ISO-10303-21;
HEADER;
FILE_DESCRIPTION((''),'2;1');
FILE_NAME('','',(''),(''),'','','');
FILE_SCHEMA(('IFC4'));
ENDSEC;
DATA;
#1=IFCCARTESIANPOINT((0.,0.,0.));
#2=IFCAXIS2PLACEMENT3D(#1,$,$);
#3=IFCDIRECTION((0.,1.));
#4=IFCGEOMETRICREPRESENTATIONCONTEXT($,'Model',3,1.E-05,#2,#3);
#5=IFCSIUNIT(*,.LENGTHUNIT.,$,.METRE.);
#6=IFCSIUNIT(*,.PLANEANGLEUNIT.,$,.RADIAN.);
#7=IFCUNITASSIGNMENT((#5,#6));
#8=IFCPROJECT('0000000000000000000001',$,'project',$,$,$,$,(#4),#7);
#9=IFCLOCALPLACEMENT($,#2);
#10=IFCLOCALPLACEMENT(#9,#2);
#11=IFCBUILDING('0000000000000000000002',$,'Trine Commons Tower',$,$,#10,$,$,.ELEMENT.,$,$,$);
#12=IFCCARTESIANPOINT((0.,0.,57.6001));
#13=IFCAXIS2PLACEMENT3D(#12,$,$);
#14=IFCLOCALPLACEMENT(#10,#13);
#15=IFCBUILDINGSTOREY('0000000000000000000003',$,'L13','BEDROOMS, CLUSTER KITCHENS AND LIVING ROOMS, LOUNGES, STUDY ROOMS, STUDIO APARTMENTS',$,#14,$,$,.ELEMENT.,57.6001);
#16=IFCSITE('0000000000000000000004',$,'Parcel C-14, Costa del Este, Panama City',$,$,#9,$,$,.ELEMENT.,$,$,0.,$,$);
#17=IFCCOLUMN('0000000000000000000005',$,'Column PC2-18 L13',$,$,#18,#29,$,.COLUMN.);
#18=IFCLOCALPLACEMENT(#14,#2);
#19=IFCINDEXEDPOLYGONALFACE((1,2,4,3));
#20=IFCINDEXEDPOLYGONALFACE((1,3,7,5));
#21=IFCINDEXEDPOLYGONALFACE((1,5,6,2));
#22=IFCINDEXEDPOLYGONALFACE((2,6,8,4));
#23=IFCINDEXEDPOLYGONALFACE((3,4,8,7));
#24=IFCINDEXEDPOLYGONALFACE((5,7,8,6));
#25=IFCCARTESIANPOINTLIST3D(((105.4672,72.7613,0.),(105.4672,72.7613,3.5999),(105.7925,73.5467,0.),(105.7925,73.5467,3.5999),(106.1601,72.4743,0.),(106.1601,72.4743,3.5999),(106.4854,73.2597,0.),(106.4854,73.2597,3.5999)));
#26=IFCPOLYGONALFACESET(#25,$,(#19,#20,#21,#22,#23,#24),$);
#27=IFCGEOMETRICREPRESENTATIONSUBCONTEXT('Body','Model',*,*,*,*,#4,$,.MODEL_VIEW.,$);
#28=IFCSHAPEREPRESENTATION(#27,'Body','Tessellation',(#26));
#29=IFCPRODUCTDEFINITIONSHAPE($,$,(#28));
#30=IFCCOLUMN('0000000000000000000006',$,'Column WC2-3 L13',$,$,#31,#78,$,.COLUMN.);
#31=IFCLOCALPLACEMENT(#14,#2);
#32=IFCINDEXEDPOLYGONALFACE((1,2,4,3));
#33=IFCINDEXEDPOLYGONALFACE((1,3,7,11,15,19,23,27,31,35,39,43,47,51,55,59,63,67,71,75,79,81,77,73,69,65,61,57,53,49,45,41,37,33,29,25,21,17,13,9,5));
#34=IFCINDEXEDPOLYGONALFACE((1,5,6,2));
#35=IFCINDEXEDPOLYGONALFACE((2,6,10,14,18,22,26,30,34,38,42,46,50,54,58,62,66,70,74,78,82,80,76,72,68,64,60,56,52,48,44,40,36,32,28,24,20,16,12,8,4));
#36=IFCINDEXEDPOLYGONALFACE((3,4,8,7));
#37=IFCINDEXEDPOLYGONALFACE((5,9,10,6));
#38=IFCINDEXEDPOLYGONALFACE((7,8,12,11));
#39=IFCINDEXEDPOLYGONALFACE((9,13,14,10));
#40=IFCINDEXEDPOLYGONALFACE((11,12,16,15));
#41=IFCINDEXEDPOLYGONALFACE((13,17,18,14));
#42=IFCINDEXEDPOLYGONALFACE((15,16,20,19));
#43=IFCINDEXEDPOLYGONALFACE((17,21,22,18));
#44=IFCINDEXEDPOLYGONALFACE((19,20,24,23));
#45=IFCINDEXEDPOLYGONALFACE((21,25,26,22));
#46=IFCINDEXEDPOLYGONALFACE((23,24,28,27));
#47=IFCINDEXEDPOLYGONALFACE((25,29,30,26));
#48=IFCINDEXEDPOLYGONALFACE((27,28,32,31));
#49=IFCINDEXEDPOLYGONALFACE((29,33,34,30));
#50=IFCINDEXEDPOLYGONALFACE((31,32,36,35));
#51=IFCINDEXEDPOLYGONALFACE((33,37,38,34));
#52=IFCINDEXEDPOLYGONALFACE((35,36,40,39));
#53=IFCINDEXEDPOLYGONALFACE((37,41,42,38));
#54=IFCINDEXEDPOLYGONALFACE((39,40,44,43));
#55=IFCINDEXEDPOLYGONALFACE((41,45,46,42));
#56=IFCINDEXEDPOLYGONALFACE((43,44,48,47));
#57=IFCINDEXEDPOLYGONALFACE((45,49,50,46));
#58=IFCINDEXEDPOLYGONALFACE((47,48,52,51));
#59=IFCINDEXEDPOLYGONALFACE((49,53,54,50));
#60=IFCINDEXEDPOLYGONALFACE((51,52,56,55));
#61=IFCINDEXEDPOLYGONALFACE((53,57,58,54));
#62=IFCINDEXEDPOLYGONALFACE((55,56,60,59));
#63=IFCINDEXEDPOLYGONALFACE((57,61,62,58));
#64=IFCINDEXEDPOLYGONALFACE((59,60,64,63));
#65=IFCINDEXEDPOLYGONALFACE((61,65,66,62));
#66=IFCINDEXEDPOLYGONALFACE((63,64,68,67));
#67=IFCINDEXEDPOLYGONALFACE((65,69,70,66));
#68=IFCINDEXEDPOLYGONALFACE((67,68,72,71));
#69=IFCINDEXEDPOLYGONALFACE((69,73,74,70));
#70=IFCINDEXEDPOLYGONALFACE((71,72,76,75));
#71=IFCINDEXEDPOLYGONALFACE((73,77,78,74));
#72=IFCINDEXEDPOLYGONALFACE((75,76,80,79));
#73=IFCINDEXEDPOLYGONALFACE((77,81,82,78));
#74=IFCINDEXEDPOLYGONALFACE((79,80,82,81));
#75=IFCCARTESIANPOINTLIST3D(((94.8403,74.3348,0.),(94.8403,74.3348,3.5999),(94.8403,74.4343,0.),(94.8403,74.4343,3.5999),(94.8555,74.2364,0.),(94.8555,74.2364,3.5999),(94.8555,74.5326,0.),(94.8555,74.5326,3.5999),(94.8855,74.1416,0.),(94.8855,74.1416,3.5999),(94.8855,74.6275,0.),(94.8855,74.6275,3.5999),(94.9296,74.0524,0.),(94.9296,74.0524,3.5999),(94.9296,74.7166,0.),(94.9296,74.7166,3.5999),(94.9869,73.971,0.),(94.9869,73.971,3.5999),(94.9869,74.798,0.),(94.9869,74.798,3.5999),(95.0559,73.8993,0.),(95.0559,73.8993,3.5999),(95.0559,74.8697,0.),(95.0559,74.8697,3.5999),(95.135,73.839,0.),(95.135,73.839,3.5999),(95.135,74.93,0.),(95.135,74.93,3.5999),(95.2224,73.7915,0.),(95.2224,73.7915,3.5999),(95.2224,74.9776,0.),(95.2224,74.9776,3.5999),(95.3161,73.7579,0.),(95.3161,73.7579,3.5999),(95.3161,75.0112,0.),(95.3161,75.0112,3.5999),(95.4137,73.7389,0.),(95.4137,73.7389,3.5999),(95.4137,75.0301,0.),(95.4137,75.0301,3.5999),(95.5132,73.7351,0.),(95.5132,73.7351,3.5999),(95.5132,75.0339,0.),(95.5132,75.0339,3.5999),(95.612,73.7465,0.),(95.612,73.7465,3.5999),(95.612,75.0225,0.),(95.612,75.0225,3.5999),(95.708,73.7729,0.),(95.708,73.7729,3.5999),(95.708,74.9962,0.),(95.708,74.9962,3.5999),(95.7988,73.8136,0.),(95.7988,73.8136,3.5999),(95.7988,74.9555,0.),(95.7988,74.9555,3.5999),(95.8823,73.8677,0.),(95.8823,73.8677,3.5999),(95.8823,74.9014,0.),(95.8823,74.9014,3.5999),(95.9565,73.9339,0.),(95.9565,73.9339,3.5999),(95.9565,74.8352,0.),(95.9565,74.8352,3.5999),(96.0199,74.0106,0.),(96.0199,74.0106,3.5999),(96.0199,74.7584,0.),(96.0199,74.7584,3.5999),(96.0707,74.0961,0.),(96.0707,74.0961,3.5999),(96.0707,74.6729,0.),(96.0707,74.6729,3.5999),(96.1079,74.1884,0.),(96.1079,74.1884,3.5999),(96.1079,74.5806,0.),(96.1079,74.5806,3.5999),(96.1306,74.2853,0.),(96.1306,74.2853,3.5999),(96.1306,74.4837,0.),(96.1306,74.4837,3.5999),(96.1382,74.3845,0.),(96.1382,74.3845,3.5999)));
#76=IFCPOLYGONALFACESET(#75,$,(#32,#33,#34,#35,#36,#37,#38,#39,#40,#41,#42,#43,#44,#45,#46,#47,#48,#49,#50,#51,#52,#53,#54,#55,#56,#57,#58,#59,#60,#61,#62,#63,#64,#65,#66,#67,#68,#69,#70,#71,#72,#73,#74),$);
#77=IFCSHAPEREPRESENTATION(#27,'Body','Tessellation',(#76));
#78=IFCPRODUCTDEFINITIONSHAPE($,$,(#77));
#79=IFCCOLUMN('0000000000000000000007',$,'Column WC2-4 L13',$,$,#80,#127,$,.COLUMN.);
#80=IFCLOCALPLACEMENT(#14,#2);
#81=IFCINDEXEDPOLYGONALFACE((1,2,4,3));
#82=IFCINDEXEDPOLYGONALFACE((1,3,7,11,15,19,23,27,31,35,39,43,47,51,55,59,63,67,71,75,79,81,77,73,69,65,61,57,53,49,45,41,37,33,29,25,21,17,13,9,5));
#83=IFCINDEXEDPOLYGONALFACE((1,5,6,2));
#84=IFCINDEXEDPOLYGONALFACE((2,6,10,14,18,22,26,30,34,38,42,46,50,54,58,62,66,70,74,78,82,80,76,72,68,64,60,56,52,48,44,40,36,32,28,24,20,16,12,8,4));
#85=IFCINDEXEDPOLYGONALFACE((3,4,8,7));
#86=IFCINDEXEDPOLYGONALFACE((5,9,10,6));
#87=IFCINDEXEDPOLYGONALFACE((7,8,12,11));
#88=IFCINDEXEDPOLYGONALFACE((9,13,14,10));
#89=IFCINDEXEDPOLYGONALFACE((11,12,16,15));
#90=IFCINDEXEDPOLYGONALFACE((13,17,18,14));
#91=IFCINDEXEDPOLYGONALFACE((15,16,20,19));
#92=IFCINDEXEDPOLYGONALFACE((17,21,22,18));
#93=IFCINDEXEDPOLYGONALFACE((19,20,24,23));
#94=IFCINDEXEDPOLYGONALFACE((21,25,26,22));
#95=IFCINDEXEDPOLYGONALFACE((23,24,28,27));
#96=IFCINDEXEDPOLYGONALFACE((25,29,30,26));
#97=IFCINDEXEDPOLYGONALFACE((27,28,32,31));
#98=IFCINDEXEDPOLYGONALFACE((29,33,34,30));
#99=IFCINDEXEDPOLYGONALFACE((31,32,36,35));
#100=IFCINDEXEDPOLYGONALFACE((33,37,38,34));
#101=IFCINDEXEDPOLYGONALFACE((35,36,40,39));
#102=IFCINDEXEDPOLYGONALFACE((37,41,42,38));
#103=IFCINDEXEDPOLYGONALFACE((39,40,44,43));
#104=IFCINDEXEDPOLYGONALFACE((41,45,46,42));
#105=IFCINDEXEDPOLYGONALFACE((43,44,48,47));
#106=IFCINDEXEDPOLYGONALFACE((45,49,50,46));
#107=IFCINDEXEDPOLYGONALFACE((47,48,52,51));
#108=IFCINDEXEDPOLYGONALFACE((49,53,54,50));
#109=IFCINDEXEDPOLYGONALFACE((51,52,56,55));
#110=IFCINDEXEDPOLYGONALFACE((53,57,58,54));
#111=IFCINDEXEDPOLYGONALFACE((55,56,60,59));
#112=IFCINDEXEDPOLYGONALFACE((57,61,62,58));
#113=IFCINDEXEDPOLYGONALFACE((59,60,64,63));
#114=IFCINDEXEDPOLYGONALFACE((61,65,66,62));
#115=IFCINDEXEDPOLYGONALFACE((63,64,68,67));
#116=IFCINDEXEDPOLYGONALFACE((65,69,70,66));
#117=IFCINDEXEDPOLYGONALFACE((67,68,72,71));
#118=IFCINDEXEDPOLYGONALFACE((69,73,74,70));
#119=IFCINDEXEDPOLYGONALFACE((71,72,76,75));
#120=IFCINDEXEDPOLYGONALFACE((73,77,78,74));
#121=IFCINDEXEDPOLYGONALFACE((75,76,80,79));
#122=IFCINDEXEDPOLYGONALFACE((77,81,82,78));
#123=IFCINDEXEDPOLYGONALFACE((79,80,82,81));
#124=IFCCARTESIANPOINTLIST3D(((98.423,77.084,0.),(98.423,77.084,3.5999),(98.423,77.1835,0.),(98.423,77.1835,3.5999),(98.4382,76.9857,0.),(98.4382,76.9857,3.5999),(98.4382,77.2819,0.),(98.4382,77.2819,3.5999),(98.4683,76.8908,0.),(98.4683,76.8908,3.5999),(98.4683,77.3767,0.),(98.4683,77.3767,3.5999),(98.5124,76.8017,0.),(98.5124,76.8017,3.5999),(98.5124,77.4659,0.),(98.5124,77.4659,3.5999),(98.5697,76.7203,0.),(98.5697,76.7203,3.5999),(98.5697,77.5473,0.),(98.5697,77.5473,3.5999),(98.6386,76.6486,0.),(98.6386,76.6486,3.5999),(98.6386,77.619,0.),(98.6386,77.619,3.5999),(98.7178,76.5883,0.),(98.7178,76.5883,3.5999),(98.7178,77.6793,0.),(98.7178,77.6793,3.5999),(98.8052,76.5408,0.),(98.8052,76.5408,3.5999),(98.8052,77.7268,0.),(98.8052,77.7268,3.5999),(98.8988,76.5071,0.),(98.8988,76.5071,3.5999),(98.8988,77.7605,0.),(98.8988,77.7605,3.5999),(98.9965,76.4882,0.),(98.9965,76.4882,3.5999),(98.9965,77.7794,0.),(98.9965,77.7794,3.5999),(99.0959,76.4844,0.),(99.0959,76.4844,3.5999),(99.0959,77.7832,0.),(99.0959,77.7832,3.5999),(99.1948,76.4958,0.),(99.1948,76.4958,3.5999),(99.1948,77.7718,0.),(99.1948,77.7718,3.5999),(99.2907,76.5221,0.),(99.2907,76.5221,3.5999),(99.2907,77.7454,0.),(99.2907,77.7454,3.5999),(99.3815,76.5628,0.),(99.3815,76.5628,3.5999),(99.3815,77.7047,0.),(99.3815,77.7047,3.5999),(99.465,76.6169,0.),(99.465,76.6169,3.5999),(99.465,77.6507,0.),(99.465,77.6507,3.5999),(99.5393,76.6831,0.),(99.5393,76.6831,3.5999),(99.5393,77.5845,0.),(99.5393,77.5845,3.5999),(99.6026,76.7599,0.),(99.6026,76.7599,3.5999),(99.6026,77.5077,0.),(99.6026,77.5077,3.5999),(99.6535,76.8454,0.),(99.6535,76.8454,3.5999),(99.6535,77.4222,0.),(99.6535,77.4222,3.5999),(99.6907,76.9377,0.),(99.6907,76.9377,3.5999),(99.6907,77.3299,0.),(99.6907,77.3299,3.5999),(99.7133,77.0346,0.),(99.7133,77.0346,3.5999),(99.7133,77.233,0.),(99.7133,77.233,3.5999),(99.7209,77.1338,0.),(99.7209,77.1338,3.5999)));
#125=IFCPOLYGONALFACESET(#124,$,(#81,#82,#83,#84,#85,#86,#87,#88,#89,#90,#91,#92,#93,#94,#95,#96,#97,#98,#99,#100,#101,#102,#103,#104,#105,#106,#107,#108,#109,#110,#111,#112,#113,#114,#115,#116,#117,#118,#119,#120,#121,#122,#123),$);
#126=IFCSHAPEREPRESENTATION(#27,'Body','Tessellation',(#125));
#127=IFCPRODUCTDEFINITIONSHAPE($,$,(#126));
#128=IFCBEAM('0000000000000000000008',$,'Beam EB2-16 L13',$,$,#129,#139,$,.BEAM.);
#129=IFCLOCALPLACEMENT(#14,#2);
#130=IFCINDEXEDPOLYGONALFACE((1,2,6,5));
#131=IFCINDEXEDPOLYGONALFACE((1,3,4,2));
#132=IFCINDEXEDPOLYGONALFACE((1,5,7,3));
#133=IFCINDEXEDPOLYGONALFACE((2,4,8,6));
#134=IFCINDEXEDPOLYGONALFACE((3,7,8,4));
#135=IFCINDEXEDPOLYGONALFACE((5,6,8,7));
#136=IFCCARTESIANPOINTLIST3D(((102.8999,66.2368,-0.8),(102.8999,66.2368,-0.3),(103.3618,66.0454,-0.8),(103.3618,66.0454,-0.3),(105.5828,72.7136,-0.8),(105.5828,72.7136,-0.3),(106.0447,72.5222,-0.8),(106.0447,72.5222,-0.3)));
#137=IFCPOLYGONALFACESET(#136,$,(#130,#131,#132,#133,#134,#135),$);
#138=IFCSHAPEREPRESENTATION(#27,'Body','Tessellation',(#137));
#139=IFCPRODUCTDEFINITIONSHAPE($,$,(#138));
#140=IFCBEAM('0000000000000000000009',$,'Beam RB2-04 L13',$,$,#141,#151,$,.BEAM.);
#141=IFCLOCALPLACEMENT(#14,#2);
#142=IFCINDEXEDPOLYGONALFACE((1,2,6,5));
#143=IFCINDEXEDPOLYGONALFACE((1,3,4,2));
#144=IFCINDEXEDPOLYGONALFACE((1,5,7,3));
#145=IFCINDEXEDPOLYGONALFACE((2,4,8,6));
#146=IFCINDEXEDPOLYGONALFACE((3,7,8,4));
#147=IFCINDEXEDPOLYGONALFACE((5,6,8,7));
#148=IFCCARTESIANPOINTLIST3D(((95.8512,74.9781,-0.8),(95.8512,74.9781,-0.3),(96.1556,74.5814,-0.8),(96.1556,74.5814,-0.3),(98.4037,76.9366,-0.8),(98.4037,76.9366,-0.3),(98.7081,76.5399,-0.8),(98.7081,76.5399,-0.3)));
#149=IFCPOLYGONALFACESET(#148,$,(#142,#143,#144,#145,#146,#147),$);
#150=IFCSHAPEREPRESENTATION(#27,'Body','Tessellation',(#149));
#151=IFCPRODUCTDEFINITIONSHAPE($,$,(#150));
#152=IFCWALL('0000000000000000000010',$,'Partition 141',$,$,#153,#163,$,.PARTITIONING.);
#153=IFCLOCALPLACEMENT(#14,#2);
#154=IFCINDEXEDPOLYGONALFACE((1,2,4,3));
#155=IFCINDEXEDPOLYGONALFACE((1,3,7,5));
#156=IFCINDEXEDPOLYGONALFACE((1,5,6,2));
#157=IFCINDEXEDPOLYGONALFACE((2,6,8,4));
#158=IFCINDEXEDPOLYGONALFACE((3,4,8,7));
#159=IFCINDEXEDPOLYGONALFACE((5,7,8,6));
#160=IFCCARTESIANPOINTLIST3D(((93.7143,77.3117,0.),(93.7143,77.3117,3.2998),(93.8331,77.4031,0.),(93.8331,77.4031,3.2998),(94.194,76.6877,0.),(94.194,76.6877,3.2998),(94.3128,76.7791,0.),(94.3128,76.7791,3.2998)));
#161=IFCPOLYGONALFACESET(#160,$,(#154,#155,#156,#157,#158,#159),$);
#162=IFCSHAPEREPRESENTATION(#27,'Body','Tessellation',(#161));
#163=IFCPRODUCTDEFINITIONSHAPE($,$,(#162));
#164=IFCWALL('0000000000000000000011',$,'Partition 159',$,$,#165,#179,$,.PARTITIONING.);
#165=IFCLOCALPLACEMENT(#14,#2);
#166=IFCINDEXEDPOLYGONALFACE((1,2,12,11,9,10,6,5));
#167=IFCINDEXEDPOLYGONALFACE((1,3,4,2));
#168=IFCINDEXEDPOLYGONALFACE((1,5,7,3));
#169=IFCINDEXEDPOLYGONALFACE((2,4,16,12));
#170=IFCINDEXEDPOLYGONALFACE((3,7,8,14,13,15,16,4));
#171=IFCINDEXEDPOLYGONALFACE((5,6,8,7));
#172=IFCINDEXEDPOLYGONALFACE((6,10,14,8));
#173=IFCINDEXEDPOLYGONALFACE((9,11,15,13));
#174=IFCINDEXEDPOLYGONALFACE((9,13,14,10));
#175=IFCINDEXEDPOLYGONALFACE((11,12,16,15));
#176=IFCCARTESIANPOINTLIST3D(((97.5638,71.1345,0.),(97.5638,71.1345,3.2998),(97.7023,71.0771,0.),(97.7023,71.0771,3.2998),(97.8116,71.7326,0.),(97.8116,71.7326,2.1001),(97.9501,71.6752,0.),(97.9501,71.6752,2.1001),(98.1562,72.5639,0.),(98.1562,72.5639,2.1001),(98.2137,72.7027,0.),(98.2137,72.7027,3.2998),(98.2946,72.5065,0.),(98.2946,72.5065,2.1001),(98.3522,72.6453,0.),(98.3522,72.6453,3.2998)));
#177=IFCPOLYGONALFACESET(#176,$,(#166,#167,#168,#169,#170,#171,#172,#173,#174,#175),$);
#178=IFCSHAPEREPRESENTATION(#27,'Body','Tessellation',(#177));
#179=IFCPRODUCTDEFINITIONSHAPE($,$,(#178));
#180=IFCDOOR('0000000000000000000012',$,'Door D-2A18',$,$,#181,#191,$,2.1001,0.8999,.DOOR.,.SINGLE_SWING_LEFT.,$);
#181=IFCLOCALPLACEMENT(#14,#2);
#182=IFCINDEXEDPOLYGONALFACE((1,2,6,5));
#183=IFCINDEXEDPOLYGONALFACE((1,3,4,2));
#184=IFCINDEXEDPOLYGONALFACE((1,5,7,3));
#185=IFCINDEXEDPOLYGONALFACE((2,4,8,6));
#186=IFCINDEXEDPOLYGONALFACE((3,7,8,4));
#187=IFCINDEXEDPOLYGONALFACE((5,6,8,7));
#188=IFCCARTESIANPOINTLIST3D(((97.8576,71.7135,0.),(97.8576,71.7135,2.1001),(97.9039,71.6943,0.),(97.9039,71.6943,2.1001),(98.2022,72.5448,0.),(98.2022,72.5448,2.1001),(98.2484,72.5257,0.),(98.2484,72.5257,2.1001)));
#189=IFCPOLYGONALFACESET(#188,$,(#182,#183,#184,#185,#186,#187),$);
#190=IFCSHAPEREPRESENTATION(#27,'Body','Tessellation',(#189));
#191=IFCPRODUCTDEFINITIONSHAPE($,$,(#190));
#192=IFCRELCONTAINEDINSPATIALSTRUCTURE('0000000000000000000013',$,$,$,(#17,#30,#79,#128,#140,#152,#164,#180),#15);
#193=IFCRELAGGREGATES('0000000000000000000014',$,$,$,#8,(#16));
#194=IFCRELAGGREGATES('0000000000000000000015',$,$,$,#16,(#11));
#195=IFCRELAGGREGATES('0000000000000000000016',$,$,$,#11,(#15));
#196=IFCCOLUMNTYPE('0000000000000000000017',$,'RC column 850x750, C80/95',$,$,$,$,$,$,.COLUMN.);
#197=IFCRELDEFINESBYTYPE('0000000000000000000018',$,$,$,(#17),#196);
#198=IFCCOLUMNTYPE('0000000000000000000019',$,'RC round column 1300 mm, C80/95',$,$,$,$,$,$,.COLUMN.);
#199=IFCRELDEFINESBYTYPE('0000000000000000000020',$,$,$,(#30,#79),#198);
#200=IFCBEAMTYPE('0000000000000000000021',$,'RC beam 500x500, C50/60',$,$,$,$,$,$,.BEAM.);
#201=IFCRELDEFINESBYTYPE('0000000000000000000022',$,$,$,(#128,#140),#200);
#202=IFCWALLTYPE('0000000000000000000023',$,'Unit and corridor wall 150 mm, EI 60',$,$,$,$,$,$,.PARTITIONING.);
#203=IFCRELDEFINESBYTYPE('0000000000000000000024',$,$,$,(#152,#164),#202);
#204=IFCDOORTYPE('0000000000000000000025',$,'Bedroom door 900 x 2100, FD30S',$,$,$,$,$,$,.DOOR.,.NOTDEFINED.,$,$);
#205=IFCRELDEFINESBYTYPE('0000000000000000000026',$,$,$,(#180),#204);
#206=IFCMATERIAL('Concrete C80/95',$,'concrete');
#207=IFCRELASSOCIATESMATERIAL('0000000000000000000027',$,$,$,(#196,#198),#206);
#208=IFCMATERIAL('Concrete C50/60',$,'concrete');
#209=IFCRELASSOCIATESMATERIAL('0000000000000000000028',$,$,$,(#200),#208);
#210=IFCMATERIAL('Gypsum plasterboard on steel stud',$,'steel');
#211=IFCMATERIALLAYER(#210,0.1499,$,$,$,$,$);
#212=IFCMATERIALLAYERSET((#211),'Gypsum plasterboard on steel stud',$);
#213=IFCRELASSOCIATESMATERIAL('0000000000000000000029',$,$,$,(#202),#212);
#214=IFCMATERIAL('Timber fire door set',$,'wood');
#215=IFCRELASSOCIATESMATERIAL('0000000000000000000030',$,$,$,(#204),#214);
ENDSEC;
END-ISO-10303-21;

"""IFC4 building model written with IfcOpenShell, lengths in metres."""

from ifc_helpers import new_model, si_unit, direction, frame, frame_2d, origin, origin_2d, place, context, subcontext, project, spatial, rectangle, circle, extrude, material, layer, layer_set, material_profile, profile_set, type_object, element, fill, save


model = new_model("IFC4")

# Units and contexts
model_context = context("Model", 3, precision=1e-05, world=origin(), true_north=direction((0.0, 1.0)))
body_context = subcontext(model_context, "Body", "Model", "MODEL_VIEW")
ifc_project = project(units=[si_unit("LENGTHUNIT", "METRE"), si_unit("PLANEANGLEUNIT", "RADIAN")], contexts=[model_context])

# Site, building, storey
site_placement = place(None, origin())
site = spatial("IfcSite", under=ifc_project, at=site_placement, Name="Parcel C-14, Costa del Este, Panama City", CompositionType="ELEMENT", RefElevation=0.0)
building_placement = place(site_placement, origin())
building = spatial("IfcBuilding", under=site, at=building_placement, Name="Trine Commons Tower", CompositionType="ELEMENT")
storey_placement = place(building_placement, frame((0.0, 0.0, 57.6001)))
storey = spatial("IfcBuildingStorey", under=building, at=storey_placement, Name="L13", Description="BEDROOMS, CLUSTER KITCHENS AND LIVING ROOMS, LOUNGES, STUDY ROOMS, STUDIO APARTMENTS", CompositionType="ELEMENT", Elevation=57.6001)

# Columns
ifc_material_1 = material(Name="Concrete C80/95", Category="concrete")
ifc_material_profile_1 = material_profile(ifc_material_1, rectangle(XDim=0.8501, YDim=0.75, at=origin_2d()), Name="RC 850x750")
ifc_profile_set_1 = profile_set([ifc_material_profile_1], Name="Concrete C80/95")
column_type_1 = type_object("IfcColumnType", Name="RC column 850x750, C80/95", PredefinedType="COLUMN", material=ifc_profile_set_1)
column_placement = place(storey_placement, frame((105.9763, 73.0105, 0.0), z_axis=(0.0, 0.0, 1.0), x_axis=(0.382683, 0.92388, 0.0)))
element("IfcColumn", 1, at=column_placement, inside=storey, type_object=column_type_1, Name="Column PC2-18 L13", PredefinedType="COLUMN", context=body_context, shape_type="SweptSolid", body=[
    extrude(rectangle(XDim=0.8501, YDim=0.75, at=origin_2d()), origin(), (0.0, 0.0, 1.0), 3.5999),
])
ifc_material_profile_2 = material_profile(ifc_material_1, circle(Radius=0.6499, at=origin_2d()), Name="RC round 1300")
ifc_profile_set_2 = profile_set([ifc_material_profile_2], Name="Concrete C80/95")
column_type_2 = type_object("IfcColumnType", Name="RC round column 1300 mm, C80/95", PredefinedType="COLUMN", material=ifc_profile_set_2)
for number, where, z_axis, x_axis, name in (
    (2, (95.4883, 74.3845, 0.0), (0.0, 0.0, 1.0), (1.0, 0.0, 0.0), "Column WC2-3 L13"),
    (3, (99.071, 77.1338, 0.0), (0.0, 0.0, 1.0), (1.0, 0.0, 0.0), "Column WC2-4 L13"),
):
    element("IfcColumn", number, at=place(storey_placement, frame(where, z_axis=z_axis, x_axis=x_axis)), inside=storey, type_object=column_type_2, Name=name, PredefinedType="COLUMN", context=body_context, shape_type="SweptSolid", body=[
        extrude(circle(Radius=0.6499, at=origin_2d()), origin(), (0.0, 0.0, 1.0), 3.5999),
    ])

# Beams
ifc_material_2 = material(Name="Concrete C50/60", Category="concrete")
ifc_material_profile_3 = material_profile(ifc_material_2, rectangle(XDim=0.5, YDim=0.5, at=origin_2d()), Name="RC 500x500")
ifc_profile_set_3 = profile_set([ifc_material_profile_3], Name="Concrete C50/60")
beam_type = type_object("IfcBeamType", Name="RC beam 500x500, C50/60", PredefinedType="BEAM", material=ifc_profile_set_3)
beam_1_placement = place(storey_placement, frame((105.8137, 72.6179, -0.55), z_axis=(-0.382693, -0.923875, 0.0), x_axis=(0.923875, -0.382693, 0.0)))
element("IfcBeam", 4, at=beam_1_placement, inside=storey, type_object=beam_type, Name="Beam EB2-16 L13", PredefinedType="BEAM", context=body_context, shape_type="SweptSolid", body=[
    extrude(rectangle(XDim=0.5, YDim=0.5, at=origin_2d()), origin(), (0.0, 0.0, 1.0), 7.0105),
])
beam_2_placement = place(storey_placement, frame((96.0034, 74.7798, -0.55), z_axis=(0.793368, 0.608742, 0.0), x_axis=(-0.608742, 0.793368, 0.0)))
element("IfcBeam", 5, at=beam_2_placement, inside=storey, type_object=beam_type, Name="Beam RB2-04 L13", PredefinedType="BEAM", context=body_context, shape_type="SweptSolid", body=[
    extrude(rectangle(XDim=0.5, YDim=0.5, at=origin_2d()), origin(), (0.0, 0.0, 1.0), 3.2173),
])

# Wall
ifc_material_3 = material(Name="Gypsum plasterboard on steel stud", Category="steel")
ifc_layer_1 = layer(ifc_material_3, 0.1499)
ifc_layer_set_1 = layer_set([ifc_layer_1], Name="Gypsum plasterboard on steel stud")
wall_type_1 = type_object("IfcWallType", Name="Unit and corridor wall 150 mm, EI 60", PredefinedType="PARTITIONING", material=ifc_layer_set_1)
wall_1_placement = place(storey_placement, frame((93.7737, 77.3574, 0.0), z_axis=(0.0, 0.0, 1.0), x_axis=(0.609486, -0.792797, 0.0)))
element("IfcWall", 6, at=wall_1_placement, inside=storey, type_object=wall_type_1, Name="Partition 141", PredefinedType="PARTITIONING", context=body_context, shape_type="SweptSolid", body=[
    extrude(rectangle(XDim=0.7871, YDim=0.1499, at=frame_2d((0.3936, 0.0))), origin(), (0.0, 0.0, 1.0), 3.2998),
])

# Wall, opening, door
wall_2_placement = place(storey_placement, frame((97.6331, 71.106, 0.0), z_axis=(0.0, 0.0, 1.0), x_axis=(0.382868, 0.923803, 0.0)))
wall_2 = element("IfcWall", 7, at=wall_2_placement, inside=storey, type_object=wall_type_1, Name="Partition 159", PredefinedType="PARTITIONING", context=body_context, shape_type="SweptSolid", body=[
    extrude(rectangle(XDim=1.6975, YDim=0.1499, at=frame_2d((0.8486, 0.0))), origin(), (0.0, 0.0, 1.0), 3.2998),
])
opening_1_placement = place(wall_2_placement, frame((0.6472, 0.0, 0.0)))
opening_1 = element("IfcOpeningElement", 8, at=opening_1_placement, cuts=wall_2, PredefinedType="OPENING", context=body_context, shape_type="SweptSolid", body=[
    extrude(rectangle(XDim=0.8999, YDim=2.1001, at=frame_2d((0.45, 1.05))), frame((0.0, 0.085, 0.0), z_axis=(0.0, -1.0, 0.0), x_axis=(1.0, 0.0, 0.0)), (0.0, 0.0, 1.0), 0.1699),
])
ifc_material_4 = material(Name="Timber fire door set", Category="wood")
door_type_1 = type_object("IfcDoorType", Name="Bedroom door 900 x 2100, FD30S", OperationType="NOTDEFINED", PredefinedType="DOOR", material=ifc_material_4)
door_1_placement = place(opening_1_placement, frame((0.8999, 0.0, 0.0), z_axis=(0.0, 0.0, 1.0), x_axis=(-1.0, 0.0, 0.0)))
door_1 = element("IfcDoor", 9, at=door_1_placement, inside=storey, type_object=door_type_1, Name="Door D-2A18", OperationType="SINGLE_SWING_LEFT", OverallHeight=2.1001, OverallWidth=0.8999, PredefinedType="DOOR", context=body_context, shape_type="SweptSolid", body=[
    extrude(rectangle(XDim=0.8999, YDim=2.1001, at=frame_2d((0.45, 1.05))), frame((0.0, 0.0249, 0.0), z_axis=(0.0, -1.0, 0.0), x_axis=(1.0, 0.0, 0.0)), (0.0, 0.0, 1.0), 0.05),
])
fill(opening_1, door_1)

save(model, "model.ifc")
